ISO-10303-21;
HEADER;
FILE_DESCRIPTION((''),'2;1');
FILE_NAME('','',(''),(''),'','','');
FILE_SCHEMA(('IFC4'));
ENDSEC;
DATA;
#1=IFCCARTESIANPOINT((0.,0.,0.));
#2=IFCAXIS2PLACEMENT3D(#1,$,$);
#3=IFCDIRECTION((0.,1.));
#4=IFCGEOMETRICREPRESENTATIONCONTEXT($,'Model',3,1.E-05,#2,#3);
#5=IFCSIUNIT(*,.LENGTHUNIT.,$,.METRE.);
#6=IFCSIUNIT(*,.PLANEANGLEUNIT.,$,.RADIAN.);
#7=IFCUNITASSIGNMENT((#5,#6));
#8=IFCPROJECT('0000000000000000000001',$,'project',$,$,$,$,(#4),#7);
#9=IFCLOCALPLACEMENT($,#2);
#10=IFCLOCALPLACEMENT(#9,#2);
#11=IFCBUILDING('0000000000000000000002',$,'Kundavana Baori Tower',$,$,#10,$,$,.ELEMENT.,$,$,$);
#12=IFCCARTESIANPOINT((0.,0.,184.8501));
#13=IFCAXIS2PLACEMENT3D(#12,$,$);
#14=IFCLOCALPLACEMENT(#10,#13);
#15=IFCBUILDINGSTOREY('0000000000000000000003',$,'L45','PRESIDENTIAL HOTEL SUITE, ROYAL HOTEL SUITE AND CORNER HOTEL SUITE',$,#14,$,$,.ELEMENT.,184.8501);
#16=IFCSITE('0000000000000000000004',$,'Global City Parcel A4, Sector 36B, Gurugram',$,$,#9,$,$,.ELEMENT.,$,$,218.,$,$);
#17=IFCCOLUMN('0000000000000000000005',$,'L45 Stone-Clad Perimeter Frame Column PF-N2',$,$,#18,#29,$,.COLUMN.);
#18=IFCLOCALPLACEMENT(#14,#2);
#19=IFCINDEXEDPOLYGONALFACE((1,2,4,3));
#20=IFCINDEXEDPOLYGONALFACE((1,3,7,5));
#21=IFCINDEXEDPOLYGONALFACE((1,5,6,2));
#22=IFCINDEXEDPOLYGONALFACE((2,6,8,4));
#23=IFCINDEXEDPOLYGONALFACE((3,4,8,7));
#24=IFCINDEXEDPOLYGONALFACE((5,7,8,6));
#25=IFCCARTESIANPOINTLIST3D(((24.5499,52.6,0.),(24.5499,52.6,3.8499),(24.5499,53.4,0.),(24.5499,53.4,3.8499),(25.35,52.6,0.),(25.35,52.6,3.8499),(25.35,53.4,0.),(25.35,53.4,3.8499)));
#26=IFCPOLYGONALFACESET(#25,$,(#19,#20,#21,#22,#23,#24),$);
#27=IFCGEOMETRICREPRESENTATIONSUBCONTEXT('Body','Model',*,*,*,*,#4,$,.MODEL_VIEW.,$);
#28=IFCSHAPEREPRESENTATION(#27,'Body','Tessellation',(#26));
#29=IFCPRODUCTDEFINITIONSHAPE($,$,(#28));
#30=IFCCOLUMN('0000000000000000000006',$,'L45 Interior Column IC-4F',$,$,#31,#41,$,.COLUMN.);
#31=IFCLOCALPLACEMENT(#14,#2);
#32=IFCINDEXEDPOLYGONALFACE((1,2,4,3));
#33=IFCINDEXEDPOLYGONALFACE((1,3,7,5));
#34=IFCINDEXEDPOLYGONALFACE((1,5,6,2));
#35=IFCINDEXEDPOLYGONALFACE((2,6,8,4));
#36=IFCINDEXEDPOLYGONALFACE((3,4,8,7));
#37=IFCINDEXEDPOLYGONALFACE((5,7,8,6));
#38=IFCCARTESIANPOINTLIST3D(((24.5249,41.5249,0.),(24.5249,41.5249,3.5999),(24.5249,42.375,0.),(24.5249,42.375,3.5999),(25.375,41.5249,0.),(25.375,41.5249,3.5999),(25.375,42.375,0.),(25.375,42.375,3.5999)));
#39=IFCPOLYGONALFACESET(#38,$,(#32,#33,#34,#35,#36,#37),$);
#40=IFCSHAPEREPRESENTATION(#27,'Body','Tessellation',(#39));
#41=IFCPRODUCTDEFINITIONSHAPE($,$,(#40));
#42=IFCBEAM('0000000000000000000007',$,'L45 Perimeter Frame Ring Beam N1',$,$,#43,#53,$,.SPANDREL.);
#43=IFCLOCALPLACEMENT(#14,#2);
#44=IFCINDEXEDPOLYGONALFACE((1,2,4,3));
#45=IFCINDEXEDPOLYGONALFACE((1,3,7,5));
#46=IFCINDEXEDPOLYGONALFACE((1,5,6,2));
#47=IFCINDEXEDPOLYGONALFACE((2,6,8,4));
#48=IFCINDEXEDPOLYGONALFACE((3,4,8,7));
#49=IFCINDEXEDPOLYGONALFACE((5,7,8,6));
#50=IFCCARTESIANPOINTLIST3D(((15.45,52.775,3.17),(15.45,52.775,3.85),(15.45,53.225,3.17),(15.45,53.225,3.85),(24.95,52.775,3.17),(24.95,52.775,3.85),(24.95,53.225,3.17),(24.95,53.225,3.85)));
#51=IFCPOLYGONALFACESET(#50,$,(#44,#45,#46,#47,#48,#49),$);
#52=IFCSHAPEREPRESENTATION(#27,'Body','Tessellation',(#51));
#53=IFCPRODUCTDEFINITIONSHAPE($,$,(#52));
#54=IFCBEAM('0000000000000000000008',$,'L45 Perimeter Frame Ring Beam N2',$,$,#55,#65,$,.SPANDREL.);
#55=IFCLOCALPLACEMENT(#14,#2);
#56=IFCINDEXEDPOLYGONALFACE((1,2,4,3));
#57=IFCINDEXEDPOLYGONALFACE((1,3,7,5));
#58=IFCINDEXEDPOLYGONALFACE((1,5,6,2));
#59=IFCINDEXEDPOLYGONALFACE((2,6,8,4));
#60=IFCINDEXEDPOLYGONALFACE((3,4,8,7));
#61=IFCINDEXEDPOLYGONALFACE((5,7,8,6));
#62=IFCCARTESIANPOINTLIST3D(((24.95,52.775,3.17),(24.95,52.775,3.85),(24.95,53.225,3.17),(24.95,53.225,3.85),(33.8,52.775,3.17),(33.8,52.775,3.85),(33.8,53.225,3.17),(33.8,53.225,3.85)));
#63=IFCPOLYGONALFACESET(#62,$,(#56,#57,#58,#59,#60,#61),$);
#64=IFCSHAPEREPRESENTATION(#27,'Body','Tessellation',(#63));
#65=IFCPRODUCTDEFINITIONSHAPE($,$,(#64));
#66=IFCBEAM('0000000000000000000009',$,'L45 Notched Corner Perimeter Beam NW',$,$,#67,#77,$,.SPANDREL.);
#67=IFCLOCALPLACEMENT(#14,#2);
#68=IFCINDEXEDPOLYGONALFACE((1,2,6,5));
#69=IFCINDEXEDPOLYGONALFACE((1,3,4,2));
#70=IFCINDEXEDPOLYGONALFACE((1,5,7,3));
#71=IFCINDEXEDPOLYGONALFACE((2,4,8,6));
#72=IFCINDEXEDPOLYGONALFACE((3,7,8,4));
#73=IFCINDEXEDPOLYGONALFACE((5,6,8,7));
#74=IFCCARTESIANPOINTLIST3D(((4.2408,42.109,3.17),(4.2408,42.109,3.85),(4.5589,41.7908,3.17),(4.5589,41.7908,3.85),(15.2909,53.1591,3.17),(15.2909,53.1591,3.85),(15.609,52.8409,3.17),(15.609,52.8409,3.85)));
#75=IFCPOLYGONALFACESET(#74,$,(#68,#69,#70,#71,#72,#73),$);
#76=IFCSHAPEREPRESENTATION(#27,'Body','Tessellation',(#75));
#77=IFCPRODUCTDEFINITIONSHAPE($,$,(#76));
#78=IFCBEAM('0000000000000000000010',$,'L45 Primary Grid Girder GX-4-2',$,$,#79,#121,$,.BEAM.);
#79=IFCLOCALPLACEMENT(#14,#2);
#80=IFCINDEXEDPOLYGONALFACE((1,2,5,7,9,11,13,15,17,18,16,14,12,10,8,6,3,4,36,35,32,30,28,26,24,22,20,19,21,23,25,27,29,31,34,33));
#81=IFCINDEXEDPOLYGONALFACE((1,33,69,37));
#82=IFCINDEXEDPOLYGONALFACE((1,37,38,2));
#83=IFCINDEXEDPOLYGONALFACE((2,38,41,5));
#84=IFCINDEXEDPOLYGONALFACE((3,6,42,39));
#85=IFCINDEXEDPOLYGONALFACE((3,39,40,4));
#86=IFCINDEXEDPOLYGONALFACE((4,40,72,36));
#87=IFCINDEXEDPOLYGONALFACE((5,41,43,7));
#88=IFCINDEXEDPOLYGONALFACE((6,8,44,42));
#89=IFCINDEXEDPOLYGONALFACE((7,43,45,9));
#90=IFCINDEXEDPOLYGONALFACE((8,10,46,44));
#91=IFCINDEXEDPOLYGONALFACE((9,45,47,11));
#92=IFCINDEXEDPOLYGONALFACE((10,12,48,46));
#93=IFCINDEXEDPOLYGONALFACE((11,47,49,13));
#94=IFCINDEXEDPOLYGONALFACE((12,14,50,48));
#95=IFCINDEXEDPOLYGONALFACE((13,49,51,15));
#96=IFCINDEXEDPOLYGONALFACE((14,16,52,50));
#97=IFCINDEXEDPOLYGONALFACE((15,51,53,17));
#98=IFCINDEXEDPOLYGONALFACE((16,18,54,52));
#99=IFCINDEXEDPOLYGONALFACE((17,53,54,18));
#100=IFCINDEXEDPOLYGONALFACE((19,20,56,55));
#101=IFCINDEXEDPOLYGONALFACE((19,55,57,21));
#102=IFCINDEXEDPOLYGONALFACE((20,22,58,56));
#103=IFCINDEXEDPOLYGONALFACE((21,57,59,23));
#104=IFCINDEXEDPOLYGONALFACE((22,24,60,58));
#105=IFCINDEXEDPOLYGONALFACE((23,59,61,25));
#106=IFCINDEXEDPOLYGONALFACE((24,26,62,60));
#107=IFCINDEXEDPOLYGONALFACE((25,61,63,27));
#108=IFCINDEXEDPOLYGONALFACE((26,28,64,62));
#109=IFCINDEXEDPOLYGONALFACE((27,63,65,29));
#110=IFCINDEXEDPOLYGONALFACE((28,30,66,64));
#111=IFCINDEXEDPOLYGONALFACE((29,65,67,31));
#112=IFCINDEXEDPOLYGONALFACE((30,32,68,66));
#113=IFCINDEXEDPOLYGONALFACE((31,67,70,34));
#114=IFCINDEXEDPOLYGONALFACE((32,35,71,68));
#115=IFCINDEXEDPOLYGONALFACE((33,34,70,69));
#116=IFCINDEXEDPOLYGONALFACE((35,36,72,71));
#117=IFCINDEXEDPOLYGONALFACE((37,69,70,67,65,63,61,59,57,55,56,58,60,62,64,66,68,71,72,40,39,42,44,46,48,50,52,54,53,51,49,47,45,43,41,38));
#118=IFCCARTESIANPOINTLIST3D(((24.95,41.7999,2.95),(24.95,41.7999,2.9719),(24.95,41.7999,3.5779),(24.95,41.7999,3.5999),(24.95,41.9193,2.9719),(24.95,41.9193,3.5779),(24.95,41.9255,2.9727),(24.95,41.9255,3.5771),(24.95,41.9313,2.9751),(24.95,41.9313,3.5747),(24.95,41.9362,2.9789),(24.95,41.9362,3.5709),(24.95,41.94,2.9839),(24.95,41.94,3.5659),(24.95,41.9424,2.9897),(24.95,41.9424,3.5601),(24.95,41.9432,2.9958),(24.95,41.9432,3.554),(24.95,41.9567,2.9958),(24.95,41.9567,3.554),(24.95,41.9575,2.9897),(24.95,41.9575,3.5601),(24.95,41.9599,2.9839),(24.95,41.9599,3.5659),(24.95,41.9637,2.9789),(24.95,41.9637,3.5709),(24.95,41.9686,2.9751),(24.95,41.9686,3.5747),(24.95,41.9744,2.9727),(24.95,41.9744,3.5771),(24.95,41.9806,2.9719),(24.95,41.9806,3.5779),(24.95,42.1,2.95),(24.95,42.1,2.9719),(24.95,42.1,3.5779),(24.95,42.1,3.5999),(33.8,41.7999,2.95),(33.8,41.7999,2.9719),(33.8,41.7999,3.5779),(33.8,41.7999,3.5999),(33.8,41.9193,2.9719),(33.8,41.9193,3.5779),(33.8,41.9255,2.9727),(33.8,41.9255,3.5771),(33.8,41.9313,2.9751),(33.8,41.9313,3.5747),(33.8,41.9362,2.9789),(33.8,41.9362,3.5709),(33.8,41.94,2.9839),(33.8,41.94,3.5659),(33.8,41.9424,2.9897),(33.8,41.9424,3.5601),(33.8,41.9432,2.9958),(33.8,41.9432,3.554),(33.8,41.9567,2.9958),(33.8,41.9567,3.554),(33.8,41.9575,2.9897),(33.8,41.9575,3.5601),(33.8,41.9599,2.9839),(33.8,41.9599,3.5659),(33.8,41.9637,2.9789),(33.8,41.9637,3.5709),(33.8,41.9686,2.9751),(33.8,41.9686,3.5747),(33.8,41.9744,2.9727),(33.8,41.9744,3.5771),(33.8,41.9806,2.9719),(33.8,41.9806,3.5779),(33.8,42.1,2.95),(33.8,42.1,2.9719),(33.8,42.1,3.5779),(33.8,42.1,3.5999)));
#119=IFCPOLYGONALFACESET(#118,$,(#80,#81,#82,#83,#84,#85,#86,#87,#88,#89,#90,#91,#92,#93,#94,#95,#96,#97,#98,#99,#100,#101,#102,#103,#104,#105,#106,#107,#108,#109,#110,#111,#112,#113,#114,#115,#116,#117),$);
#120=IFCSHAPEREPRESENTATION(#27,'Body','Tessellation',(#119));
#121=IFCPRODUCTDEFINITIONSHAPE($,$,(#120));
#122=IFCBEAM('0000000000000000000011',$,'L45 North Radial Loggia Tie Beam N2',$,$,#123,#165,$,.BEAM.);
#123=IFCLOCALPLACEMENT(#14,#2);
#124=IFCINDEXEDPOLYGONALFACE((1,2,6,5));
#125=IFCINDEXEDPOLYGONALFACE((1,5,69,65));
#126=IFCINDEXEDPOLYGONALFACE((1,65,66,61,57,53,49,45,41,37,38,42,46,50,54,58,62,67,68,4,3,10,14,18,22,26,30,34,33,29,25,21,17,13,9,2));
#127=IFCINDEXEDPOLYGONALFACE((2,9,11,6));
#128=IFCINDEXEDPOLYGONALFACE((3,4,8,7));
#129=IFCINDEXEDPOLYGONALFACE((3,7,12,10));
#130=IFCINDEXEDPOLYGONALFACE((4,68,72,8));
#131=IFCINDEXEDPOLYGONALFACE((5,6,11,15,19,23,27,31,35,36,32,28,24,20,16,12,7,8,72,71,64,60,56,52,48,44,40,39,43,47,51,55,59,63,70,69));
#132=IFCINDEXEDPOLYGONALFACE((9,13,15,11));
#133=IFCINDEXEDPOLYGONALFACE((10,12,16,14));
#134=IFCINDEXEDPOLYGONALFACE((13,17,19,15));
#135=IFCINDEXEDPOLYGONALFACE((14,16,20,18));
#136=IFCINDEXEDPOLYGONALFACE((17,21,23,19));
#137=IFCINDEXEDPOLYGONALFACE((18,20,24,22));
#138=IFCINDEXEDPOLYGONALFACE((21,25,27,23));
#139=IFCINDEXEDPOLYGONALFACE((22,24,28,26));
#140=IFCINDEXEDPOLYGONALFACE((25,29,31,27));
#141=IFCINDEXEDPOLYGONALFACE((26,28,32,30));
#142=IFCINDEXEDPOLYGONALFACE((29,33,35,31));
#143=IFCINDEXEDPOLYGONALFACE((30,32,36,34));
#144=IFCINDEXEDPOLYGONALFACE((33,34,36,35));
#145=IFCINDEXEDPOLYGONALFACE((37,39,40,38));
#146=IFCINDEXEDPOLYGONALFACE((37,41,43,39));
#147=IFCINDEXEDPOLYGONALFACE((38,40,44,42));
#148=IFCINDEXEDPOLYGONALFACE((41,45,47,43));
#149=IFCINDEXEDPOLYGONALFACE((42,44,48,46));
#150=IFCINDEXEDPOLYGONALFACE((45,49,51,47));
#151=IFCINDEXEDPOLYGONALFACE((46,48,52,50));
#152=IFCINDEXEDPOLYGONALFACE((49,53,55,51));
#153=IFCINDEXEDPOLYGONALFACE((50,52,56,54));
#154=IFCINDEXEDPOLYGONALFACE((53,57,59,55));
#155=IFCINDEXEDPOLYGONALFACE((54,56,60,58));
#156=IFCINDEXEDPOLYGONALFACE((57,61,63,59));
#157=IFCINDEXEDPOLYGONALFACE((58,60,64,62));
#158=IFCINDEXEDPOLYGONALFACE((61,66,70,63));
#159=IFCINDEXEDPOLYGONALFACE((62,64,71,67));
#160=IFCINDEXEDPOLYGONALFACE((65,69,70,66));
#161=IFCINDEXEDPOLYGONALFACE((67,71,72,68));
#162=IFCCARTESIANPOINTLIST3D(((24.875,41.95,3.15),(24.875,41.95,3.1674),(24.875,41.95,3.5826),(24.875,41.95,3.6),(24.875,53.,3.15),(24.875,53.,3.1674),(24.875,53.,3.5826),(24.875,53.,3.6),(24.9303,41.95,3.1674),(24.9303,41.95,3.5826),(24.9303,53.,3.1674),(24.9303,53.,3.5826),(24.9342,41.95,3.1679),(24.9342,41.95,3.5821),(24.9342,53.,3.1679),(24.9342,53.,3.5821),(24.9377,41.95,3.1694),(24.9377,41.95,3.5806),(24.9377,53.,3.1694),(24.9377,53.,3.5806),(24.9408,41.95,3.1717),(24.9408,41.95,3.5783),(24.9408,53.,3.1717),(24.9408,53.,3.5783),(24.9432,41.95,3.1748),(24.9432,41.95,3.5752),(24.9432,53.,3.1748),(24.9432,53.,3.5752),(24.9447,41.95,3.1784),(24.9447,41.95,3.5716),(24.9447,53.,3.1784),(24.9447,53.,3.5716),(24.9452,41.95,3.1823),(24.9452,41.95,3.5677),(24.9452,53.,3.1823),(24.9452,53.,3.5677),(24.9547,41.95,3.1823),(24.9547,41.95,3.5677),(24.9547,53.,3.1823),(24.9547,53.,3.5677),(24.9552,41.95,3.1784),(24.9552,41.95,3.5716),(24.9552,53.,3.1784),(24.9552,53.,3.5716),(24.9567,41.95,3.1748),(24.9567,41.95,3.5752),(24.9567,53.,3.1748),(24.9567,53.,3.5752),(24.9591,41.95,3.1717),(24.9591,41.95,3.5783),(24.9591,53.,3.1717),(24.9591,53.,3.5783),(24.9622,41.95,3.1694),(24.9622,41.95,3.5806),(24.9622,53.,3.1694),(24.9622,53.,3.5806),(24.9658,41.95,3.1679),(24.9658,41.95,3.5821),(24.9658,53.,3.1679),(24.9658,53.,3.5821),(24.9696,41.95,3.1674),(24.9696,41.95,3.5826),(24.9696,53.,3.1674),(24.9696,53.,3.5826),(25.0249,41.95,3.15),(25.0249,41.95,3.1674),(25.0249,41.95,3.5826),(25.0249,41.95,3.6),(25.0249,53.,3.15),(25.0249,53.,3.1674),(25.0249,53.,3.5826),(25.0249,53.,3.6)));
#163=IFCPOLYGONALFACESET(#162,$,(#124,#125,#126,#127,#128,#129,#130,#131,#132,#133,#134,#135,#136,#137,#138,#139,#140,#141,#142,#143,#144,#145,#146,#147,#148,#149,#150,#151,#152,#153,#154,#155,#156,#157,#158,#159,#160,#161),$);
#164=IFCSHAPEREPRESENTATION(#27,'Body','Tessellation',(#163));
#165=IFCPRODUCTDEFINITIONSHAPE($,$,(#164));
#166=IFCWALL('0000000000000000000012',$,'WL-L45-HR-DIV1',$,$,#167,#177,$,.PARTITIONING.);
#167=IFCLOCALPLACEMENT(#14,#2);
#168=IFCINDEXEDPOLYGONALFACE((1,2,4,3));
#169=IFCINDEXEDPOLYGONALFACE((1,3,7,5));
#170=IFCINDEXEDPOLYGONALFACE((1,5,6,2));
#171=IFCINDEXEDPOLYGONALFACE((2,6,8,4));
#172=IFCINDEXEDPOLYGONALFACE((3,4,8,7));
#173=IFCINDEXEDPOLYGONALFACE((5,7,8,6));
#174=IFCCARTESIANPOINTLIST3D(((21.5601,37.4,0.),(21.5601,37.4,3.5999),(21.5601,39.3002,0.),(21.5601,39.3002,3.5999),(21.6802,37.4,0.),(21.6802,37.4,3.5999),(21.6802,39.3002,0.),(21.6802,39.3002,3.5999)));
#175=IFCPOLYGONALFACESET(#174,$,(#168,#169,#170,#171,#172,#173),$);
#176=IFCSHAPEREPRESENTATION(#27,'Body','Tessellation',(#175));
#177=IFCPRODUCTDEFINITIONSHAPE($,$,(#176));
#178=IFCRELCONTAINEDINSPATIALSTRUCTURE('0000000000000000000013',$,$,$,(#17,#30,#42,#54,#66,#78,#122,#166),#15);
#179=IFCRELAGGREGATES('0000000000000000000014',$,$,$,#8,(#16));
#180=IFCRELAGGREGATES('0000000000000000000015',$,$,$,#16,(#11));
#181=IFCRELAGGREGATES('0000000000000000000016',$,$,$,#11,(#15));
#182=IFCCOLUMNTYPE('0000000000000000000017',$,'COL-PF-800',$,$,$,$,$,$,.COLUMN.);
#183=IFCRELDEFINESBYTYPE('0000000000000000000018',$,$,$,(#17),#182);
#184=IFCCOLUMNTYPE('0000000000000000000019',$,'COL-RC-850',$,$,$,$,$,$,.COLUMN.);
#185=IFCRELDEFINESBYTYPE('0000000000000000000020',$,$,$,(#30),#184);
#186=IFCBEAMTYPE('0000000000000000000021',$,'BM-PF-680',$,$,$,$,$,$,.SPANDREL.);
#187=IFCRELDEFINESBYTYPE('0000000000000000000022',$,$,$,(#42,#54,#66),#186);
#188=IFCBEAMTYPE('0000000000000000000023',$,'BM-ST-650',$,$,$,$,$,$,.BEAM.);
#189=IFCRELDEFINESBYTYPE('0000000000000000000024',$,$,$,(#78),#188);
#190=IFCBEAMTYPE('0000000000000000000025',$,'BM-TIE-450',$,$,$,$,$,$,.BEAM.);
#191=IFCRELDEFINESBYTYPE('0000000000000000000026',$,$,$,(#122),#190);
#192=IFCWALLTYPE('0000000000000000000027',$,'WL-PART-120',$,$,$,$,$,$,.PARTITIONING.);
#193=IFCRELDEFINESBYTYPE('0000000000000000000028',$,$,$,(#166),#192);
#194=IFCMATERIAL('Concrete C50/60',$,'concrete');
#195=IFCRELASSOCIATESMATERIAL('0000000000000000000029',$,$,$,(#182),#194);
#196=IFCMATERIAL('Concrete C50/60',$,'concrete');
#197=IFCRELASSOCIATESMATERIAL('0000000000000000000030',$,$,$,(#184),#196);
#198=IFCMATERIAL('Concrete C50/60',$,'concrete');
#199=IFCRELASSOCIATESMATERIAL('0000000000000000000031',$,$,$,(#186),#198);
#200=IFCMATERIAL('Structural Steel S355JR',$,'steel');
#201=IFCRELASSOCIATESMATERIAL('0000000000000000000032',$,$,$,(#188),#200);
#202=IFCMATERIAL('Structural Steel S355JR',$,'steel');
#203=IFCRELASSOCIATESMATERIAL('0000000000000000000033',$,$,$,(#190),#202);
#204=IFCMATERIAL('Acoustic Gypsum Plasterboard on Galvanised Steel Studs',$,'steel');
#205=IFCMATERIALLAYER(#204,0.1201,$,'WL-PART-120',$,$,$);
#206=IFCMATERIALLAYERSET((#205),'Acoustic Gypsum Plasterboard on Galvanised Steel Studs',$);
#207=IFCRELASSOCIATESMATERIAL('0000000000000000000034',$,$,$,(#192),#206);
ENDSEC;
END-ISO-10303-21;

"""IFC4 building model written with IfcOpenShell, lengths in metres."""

from ifc_helpers import new_model, si_unit, direction, frame, frame_2d, origin, origin_2d, place, context, subcontext, project, spatial, rectangle, i_section, extrude, material, layer, layer_set, material_profile, profile_set, type_object, element, save


model = new_model("IFC4")

# Units and contexts
model_context = context("Model", 3, precision=1e-05, world=origin(), true_north=direction((0.0, 1.0)))
body_context = subcontext(model_context, "Body", "Model", "MODEL_VIEW")
ifc_project = project(units=[si_unit("LENGTHUNIT", "METRE"), si_unit("PLANEANGLEUNIT", "RADIAN")], contexts=[model_context])

# Site, building, storey
site_placement = place(None, origin())
site = spatial("IfcSite", under=ifc_project, at=site_placement, Name="Global City Parcel A4, Sector 36B, Gurugram", CompositionType="ELEMENT", RefElevation=218.0)
building_placement = place(site_placement, origin())
building = spatial("IfcBuilding", under=site, at=building_placement, Name="Kundavana Baori Tower", CompositionType="ELEMENT")
storey_placement = place(building_placement, frame((0.0, 0.0, 184.8501)))
storey = spatial("IfcBuildingStorey", under=building, at=storey_placement, Name="L45", Description="PRESIDENTIAL HOTEL SUITE, ROYAL HOTEL SUITE AND CORNER HOTEL SUITE", CompositionType="ELEMENT", Elevation=184.8501)

# Columns
ifc_material_1 = material(Name="Concrete C50/60", Category="concrete")
ifc_material_profile_1 = material_profile(ifc_material_1, rectangle(XDim=0.8, YDim=0.8, at=origin_2d()), Name="RC PF 800x800")
ifc_profile_set_1 = profile_set([ifc_material_profile_1], Name="Concrete C50/60")
column_type_1 = type_object("IfcColumnType", Name="COL-PF-800", PredefinedType="COLUMN", material=ifc_profile_set_1)
column_1_placement = place(storey_placement, frame((24.95, 53.0, 0.0), z_axis=(0.0, 0.0, 1.0), x_axis=(1.0, 0.0, 0.0)))
element("IfcColumn", 1, at=column_1_placement, inside=storey, type_object=column_type_1, Name="L45 Stone-Clad Perimeter Frame Column PF-N2", PredefinedType="COLUMN", context=body_context, shape_type="SweptSolid", body=[
    extrude(rectangle(XDim=0.8, YDim=0.8, at=origin_2d()), origin(), (0.0, 0.0, 1.0), 3.8499),
])
ifc_material_2 = material(Name="Concrete C50/60", Category="concrete")
ifc_material_profile_2 = material_profile(ifc_material_2, rectangle(XDim=0.8501, YDim=0.8501, at=origin_2d()), Name="RC 850x850")
ifc_profile_set_2 = profile_set([ifc_material_profile_2], Name="Concrete C50/60")
column_type_2 = type_object("IfcColumnType", Name="COL-RC-850", PredefinedType="COLUMN", material=ifc_profile_set_2)
column_2_placement = place(storey_placement, frame((24.95, 41.95, 0.0), z_axis=(0.0, 0.0, 1.0), x_axis=(1.0, 0.0, 0.0)))
element("IfcColumn", 2, at=column_2_placement, inside=storey, type_object=column_type_2, Name="L45 Interior Column IC-4F", PredefinedType="COLUMN", context=body_context, shape_type="SweptSolid", body=[
    extrude(rectangle(XDim=0.8501, YDim=0.8501, at=origin_2d()), origin(), (0.0, 0.0, 1.0), 3.5999),
])

# Beams
ifc_material_3 = material(Name="Concrete C50/60", Category="concrete")
ifc_material_profile_3 = material_profile(ifc_material_3, rectangle(XDim=0.45, YDim=0.6799, at=origin_2d()), Name="RC BM 450x680")
ifc_profile_set_3 = profile_set([ifc_material_profile_3], Name="Concrete C50/60")
beam_type_1 = type_object("IfcBeamType", Name="BM-PF-680", PredefinedType="SPANDREL", material=ifc_profile_set_3)
beam_1_placement = place(storey_placement, frame((15.45, 53.0, 3.51), z_axis=(1.0, 0.0, 0.0), x_axis=(0.0, 1.0, 0.0)))
element("IfcBeam", 3, at=beam_1_placement, inside=storey, type_object=beam_type_1, Name="L45 Perimeter Frame Ring Beam N1", PredefinedType="SPANDREL", context=body_context, shape_type="SweptSolid", body=[
    extrude(rectangle(XDim=0.45, YDim=0.6799, at=origin_2d()), origin(), (0.0, 0.0, 1.0), 9.5),
])
beam_2_placement = place(storey_placement, frame((24.95, 53.0, 3.51), z_axis=(1.0, 0.0, 0.0), x_axis=(0.0, 1.0, 0.0)))
element("IfcBeam", 4, at=beam_2_placement, inside=storey, type_object=beam_type_1, Name="L45 Perimeter Frame Ring Beam N2", PredefinedType="SPANDREL", context=body_context, shape_type="SweptSolid", body=[
    extrude(rectangle(XDim=0.45, YDim=0.6799, at=origin_2d()), origin(), (0.0, 0.0, 1.0), 8.8501),
])
beam_3_placement = place(storey_placement, frame((15.45, 53.0, 3.51), z_axis=(-0.707107, -0.707107, 0.0), x_axis=(0.707107, -0.707107, 0.0)))
element("IfcBeam", 5, at=beam_3_placement, inside=storey, type_object=beam_type_1, Name="L45 Notched Corner Perimeter Beam NW", PredefinedType="SPANDREL", context=body_context, shape_type="SweptSolid", body=[
    extrude(rectangle(XDim=0.45, YDim=0.6799, at=origin_2d()), origin(), (0.0, 0.0, 1.0), 15.6272),
])
ifc_material_4 = material(Name="Structural Steel S355JR", Category="steel")
ifc_material_profile_4 = material_profile(ifc_material_4, i_section(OverallWidth=0.3, OverallDepth=0.6499, WebThickness=0.0134, FlangeThickness=0.022, FilletRadius=0.0239, at=origin_2d()), Name="NPB 650x300x155")
ifc_profile_set_4 = profile_set([ifc_material_profile_4], Name="Structural Steel S355JR")
beam_type_2 = type_object("IfcBeamType", Name="BM-ST-650", PredefinedType="BEAM", material=ifc_profile_set_4)
beam_4_placement = place(storey_placement, frame((24.95, 41.95, 3.2749), z_axis=(1.0, 0.0, 0.0), x_axis=(0.0, 1.0, 0.0)))
element("IfcBeam", 6, at=beam_4_placement, inside=storey, type_object=beam_type_2, Name="L45 Primary Grid Girder GX-4-2", PredefinedType="BEAM", context=body_context, shape_type="SweptSolid", body=[
    extrude(i_section(OverallWidth=0.3, OverallDepth=0.6499, WebThickness=0.0134, FlangeThickness=0.022, FilletRadius=0.0239, at=origin_2d()), origin(), (0.0, 0.0, 1.0), 8.8501),
])
ifc_material_5 = material(Name="Structural Steel S355JR", Category="steel")
ifc_material_profile_5 = material_profile(ifc_material_5, i_section(OverallWidth=0.1499, OverallDepth=0.45, WebThickness=0.0095, FlangeThickness=0.0173, FilletRadius=0.0149, at=origin_2d()), Name="ISMB 450")
ifc_profile_set_5 = profile_set([ifc_material_profile_5], Name="Structural Steel S355JR")
beam_type_3 = type_object("IfcBeamType", Name="BM-TIE-450", PredefinedType="BEAM", material=ifc_profile_set_5)
beam_5_placement = place(storey_placement, frame((24.95, 41.95, 3.375), z_axis=(0.0, 1.0, 0.0), x_axis=(-1.0, 0.0, 0.0)))
element("IfcBeam", 7, at=beam_5_placement, inside=storey, type_object=beam_type_3, Name="L45 North Radial Loggia Tie Beam N2", PredefinedType="BEAM", context=body_context, shape_type="SweptSolid", body=[
    extrude(i_section(OverallWidth=0.1499, OverallDepth=0.45, WebThickness=0.0095, FlangeThickness=0.0173, FilletRadius=0.0149, at=origin_2d()), origin(), (0.0, 0.0, 1.0), 11.05),
])

# Wall
ifc_material_6 = material(Name="Acoustic Gypsum Plasterboard on Galvanised Steel Studs", Category="steel")
ifc_layer_1 = layer(ifc_material_6, 0.1201, Name="WL-PART-120")
ifc_layer_set_1 = layer_set([ifc_layer_1], Name="Acoustic Gypsum Plasterboard on Galvanised Steel Studs")
wall_type_1 = type_object("IfcWallType", Name="WL-PART-120", PredefinedType="PARTITIONING", material=ifc_layer_set_1)
wall_1_placement = place(storey_placement, frame((21.6201, 37.3999, 0.0), z_axis=(0.0, 0.0, 1.0), x_axis=(0.0, 1.0, 0.0)))
element("IfcWall", 8, at=wall_1_placement, inside=storey, type_object=wall_type_1, Name="WL-L45-HR-DIV1", PredefinedType="PARTITIONING", context=body_context, shape_type="SweptSolid", body=[
    extrude(rectangle(XDim=1.9001, YDim=0.1201, at=frame_2d((0.9502, 0.0))), origin(), (0.0, 0.0, 1.0), 3.5999),
])

save(model, "model.ifc")
